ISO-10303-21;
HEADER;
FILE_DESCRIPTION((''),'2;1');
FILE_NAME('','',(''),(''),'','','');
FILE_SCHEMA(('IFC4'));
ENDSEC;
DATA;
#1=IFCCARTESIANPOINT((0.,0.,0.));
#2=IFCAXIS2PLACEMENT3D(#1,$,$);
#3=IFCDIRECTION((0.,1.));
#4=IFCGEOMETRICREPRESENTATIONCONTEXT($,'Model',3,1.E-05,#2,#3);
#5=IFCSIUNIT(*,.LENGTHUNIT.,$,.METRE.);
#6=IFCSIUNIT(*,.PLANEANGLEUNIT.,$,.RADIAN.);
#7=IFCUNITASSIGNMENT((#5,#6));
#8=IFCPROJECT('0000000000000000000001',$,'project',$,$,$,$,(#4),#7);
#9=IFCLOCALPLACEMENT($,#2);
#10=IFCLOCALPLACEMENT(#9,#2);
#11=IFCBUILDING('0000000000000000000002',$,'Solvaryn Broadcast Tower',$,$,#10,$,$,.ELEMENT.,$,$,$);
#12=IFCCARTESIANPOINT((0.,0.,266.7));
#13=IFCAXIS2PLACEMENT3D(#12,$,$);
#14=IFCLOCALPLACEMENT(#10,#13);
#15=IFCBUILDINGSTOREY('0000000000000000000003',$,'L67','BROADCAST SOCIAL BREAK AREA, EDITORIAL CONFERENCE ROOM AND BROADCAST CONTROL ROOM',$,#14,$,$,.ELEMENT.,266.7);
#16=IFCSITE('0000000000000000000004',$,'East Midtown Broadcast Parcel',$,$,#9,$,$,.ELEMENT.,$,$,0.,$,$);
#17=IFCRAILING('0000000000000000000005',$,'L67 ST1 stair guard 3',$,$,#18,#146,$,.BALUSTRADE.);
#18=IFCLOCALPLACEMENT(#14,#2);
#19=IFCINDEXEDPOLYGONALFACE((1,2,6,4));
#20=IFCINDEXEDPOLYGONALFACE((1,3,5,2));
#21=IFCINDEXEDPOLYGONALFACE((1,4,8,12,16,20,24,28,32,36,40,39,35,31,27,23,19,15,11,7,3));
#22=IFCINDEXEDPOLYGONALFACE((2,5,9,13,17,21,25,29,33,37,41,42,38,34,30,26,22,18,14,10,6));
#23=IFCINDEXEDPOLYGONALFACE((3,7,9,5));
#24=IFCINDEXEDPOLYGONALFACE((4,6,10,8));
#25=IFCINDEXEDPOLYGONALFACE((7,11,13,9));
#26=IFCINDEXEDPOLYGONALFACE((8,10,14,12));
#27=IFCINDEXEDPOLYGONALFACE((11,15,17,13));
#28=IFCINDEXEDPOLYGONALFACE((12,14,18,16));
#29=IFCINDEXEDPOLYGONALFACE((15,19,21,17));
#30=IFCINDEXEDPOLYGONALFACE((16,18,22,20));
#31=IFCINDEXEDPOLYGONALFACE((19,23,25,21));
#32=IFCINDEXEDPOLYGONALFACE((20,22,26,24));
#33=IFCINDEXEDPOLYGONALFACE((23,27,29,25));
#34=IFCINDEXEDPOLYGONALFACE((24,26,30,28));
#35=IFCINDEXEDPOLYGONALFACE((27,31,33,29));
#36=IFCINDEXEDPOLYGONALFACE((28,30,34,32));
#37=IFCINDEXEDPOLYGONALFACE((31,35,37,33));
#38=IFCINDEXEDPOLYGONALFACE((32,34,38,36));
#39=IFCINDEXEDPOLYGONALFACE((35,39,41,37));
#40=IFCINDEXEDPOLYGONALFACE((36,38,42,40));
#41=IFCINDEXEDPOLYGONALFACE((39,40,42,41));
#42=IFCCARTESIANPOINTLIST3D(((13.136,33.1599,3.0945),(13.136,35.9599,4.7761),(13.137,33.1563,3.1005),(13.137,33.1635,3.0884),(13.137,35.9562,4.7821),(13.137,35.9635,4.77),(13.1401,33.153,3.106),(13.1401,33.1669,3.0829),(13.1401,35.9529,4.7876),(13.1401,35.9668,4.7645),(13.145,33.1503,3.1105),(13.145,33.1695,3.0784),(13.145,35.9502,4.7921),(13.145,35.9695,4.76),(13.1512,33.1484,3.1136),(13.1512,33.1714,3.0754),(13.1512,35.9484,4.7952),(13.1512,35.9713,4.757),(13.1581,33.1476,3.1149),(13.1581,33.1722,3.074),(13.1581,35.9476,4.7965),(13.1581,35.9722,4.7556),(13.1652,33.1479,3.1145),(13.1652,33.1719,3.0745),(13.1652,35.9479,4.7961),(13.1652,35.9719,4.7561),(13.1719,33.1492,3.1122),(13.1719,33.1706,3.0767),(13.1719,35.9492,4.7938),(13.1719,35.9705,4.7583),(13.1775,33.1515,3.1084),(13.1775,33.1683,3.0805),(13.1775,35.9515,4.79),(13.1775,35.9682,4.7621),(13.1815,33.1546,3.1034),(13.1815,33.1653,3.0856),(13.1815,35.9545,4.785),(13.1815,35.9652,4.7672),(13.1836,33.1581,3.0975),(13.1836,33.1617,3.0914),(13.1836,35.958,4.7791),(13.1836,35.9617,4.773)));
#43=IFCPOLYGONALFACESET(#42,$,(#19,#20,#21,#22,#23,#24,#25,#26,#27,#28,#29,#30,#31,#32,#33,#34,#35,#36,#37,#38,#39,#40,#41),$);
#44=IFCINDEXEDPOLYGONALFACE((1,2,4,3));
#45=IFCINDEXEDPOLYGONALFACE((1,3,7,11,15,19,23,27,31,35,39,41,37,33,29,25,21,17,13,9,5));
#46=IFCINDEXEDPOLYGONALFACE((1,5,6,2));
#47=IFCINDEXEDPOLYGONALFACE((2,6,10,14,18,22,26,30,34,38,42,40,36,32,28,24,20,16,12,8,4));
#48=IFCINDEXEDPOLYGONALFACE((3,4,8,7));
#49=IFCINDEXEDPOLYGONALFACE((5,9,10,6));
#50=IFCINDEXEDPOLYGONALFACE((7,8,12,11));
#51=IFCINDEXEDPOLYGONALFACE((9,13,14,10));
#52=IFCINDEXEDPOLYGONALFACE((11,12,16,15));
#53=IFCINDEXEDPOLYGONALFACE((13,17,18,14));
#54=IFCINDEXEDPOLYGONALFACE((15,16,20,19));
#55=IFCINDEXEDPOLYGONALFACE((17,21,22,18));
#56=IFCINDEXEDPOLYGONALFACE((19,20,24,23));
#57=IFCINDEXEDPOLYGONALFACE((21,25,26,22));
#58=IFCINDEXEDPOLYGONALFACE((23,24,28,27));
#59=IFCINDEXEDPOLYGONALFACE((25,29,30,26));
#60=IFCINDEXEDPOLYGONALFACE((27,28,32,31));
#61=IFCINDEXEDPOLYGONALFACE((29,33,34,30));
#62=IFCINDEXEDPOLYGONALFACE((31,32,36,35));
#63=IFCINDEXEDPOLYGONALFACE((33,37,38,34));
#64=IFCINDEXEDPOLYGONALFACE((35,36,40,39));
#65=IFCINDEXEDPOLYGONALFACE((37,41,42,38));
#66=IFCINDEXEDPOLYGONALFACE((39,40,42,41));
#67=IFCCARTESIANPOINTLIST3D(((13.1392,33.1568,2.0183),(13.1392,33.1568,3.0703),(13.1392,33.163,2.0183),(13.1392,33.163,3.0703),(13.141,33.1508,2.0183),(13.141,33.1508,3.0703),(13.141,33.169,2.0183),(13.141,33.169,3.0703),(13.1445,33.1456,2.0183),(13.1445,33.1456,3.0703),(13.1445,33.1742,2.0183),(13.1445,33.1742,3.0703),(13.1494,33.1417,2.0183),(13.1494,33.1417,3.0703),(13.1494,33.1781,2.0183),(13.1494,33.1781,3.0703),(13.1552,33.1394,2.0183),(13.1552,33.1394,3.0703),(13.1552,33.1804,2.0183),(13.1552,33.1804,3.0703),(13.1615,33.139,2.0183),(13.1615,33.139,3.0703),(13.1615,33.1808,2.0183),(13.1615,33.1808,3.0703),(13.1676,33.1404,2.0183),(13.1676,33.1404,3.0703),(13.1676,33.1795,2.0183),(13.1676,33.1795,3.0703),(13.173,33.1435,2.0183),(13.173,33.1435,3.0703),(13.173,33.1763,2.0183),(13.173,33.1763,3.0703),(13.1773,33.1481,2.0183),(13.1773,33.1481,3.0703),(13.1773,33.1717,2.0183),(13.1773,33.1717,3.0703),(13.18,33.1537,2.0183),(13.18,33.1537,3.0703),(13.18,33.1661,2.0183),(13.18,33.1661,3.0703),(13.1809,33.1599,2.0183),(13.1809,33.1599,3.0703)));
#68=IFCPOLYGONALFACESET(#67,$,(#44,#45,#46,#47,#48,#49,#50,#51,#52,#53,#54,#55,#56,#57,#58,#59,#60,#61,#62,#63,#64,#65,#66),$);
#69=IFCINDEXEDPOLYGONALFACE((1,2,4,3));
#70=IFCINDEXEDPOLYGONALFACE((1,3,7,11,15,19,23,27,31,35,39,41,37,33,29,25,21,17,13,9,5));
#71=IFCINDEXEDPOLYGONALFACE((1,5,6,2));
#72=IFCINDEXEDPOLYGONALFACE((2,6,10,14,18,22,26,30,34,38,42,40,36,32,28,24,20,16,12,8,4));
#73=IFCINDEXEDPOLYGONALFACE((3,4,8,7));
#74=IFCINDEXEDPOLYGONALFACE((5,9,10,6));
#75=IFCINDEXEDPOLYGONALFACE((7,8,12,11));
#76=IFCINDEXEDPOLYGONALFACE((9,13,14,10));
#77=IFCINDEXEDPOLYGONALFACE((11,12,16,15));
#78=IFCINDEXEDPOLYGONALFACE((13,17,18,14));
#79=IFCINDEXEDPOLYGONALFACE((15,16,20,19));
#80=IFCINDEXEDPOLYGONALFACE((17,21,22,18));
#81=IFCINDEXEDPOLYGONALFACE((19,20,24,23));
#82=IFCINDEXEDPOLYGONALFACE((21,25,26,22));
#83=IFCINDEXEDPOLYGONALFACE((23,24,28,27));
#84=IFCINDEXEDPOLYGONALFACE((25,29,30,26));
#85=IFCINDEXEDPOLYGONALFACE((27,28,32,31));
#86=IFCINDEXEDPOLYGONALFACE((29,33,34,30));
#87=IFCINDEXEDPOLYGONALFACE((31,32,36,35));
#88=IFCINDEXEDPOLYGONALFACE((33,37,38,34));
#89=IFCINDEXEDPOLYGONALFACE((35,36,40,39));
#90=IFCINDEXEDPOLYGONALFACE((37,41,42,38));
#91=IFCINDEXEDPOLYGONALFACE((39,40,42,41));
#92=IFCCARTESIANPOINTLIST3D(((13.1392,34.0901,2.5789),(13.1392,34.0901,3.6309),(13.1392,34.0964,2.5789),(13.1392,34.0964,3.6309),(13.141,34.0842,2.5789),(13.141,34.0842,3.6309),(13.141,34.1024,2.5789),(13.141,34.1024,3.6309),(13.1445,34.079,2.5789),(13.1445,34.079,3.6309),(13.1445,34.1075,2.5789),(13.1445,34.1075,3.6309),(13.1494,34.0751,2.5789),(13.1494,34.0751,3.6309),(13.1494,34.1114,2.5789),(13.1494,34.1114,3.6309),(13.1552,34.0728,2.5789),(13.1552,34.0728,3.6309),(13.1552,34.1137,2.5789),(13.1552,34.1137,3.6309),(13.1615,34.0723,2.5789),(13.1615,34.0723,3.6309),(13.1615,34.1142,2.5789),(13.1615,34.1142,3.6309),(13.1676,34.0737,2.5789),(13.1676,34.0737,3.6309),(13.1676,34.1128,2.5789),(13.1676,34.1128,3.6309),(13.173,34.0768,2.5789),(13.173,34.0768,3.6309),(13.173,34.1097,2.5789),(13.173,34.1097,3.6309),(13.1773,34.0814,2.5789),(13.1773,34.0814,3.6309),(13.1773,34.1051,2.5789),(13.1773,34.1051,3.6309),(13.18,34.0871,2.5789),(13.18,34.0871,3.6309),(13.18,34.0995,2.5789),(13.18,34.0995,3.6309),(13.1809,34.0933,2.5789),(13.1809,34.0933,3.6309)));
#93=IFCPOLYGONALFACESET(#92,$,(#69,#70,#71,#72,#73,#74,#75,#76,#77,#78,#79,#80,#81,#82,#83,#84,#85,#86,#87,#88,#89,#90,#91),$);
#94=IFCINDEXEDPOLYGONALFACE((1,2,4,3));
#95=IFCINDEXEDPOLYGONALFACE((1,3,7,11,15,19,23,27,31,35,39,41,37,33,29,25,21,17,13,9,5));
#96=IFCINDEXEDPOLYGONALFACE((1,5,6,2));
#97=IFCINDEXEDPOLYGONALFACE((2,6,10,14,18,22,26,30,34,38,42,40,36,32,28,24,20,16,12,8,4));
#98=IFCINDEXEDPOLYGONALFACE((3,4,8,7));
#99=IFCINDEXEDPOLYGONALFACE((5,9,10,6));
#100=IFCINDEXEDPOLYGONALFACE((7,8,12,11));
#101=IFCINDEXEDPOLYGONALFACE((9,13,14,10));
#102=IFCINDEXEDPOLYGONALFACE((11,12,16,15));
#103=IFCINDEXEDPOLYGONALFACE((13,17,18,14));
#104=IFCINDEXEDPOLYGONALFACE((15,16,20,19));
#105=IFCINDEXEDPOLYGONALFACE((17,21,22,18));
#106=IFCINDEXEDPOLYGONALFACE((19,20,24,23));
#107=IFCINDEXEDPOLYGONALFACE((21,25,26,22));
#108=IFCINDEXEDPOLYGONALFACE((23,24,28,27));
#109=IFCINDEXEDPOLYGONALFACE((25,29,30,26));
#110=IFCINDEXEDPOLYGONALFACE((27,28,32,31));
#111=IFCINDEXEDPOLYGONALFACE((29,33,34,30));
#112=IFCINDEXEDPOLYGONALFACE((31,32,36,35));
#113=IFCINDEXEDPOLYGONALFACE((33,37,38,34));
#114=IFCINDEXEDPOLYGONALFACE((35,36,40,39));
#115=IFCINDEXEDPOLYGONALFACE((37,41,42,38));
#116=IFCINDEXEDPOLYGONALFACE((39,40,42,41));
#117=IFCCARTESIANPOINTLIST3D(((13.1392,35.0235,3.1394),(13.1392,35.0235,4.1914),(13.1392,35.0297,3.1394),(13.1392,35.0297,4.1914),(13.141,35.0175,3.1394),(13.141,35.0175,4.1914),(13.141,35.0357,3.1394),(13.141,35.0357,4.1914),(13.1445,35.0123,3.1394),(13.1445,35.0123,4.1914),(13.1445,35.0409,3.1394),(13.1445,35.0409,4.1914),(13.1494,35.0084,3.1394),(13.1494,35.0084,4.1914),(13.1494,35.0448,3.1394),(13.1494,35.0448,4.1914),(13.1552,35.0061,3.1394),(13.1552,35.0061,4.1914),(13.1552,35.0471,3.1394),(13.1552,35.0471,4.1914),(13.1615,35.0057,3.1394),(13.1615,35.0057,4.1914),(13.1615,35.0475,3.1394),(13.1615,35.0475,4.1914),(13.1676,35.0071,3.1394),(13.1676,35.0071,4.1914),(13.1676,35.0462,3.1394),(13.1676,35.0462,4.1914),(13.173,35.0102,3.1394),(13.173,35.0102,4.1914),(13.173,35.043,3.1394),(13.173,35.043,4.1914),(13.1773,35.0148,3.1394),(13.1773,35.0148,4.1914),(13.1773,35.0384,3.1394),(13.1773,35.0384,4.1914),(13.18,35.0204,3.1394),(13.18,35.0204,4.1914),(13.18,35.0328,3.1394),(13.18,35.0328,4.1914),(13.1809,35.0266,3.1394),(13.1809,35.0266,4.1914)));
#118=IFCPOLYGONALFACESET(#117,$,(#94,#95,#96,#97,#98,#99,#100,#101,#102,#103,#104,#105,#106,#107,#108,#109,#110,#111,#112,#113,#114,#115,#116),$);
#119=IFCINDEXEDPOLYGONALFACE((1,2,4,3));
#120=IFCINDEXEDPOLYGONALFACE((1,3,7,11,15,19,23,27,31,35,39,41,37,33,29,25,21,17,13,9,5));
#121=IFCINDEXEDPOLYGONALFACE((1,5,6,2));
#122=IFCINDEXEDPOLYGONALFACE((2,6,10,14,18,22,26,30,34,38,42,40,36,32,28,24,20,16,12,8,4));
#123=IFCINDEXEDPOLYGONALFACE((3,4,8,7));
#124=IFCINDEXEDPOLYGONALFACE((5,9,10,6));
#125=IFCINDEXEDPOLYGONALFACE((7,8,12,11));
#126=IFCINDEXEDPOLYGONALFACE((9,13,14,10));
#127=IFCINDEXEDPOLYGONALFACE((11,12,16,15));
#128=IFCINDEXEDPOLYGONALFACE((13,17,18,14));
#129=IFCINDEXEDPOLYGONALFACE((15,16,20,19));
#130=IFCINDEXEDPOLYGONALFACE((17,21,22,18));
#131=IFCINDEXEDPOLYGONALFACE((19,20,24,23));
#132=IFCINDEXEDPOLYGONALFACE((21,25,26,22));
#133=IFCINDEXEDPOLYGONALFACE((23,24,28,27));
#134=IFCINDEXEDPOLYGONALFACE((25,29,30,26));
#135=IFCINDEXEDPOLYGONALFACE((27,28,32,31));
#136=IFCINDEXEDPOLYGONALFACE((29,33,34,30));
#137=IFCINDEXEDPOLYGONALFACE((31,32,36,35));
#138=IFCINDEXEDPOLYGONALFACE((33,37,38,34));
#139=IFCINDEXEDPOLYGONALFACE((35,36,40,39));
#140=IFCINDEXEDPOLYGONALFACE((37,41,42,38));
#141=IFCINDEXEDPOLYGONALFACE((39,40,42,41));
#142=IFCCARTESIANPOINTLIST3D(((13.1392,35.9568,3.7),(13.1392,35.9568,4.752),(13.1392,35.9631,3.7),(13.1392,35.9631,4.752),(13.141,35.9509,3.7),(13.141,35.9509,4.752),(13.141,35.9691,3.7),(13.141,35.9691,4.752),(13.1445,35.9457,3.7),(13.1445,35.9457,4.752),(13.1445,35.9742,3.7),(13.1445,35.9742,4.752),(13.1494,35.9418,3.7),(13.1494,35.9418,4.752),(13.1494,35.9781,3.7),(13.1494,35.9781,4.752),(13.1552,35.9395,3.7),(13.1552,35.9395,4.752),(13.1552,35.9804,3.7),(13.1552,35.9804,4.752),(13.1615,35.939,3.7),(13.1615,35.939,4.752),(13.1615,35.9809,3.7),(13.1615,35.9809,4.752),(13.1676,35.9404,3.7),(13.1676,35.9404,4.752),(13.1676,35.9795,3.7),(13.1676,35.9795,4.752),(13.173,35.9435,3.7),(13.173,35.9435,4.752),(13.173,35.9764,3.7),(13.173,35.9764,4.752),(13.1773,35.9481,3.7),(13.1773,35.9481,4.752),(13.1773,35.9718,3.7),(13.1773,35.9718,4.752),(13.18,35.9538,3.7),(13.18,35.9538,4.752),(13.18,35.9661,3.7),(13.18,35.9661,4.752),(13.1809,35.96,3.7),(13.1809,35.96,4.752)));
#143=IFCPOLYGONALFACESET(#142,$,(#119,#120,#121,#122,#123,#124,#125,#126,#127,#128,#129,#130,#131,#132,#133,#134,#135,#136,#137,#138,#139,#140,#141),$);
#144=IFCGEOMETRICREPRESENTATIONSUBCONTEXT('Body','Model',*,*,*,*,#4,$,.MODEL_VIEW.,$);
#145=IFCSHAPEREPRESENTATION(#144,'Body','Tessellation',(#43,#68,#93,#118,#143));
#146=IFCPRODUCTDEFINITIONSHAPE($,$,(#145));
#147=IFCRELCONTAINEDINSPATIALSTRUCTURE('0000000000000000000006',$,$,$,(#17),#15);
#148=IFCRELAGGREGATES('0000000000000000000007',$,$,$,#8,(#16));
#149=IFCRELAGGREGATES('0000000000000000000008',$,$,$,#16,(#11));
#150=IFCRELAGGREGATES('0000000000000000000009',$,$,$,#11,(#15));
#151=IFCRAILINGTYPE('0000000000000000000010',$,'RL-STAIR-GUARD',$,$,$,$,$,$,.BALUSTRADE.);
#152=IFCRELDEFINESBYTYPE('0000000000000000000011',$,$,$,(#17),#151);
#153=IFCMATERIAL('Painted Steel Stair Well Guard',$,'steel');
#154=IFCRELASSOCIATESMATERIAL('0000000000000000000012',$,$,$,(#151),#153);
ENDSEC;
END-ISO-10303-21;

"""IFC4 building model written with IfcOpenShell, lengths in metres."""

from ifc_helpers import new_model, si_unit, direction, frame, origin, origin_2d, place, context, subcontext, project, spatial, circle, extrude, material, type_object, element, save


model = new_model("IFC4")

# Units and contexts
model_context = context("Model", 3, precision=1e-05, world=origin(), true_north=direction((0.0, 1.0)))
body_context = subcontext(model_context, "Body", "Model", "MODEL_VIEW")
ifc_project = project(units=[si_unit("LENGTHUNIT", "METRE"), si_unit("PLANEANGLEUNIT", "RADIAN")], contexts=[model_context])

# Site, building, storey
site_placement = place(None, origin())
site = spatial("IfcSite", under=ifc_project, at=site_placement, Name="East Midtown Broadcast Parcel", CompositionType="ELEMENT", RefElevation=0.0)
building_placement = place(site_placement, origin())
building = spatial("IfcBuilding", under=site, at=building_placement, Name="Solvaryn Broadcast Tower", CompositionType="ELEMENT")
storey_placement = place(building_placement, frame((0.0, 0.0, 266.7)))
storey = spatial("IfcBuildingStorey", under=building, at=storey_placement, Name="L67", Description="BROADCAST SOCIAL BREAK AREA, EDITORIAL CONFERENCE ROOM AND BROADCAST CONTROL ROOM", CompositionType="ELEMENT", Elevation=266.7)

# Railing
ifc_material_1 = material(Name="Painted Steel Stair Well Guard", Category="steel")
railing_type_1 = type_object("IfcRailingType", Name="RL-STAIR-GUARD", PredefinedType="BALUSTRADE", material=ifc_material_1)
railing_1_placement = place(storey_placement, frame((13.1599, 33.1599, 2.0183)))
element("IfcRailing", 1, at=railing_1_placement, inside=storey, type_object=railing_type_1, Name="L67 ST1 stair guard 3", PredefinedType="BALUSTRADE", context=body_context, shape_type="SweptSolid", body=[
    extrude(circle(Radius=0.0239, at=origin_2d()), frame((0.0, 0.0, 1.0762), z_axis=(0.0, 0.857275, 0.514858), x_axis=(-1.0, 0.0, 0.0)), (0.0, 0.0, 1.0), 3.2661),
    extrude(circle(Radius=0.021, at=origin_2d()), origin(), (0.0, 0.0, 1.0), 1.052),
    extrude(circle(Radius=0.021, at=origin_2d()), frame((0.0, 0.9333, 0.5605)), (0.0, 0.0, 1.0), 1.052),
    extrude(circle(Radius=0.021, at=origin_2d()), frame((0.0, 1.8667, 1.1211)), (0.0, 0.0, 1.0), 1.052),
    extrude(circle(Radius=0.021, at=origin_2d()), frame((0.0, 2.8, 1.6816)), (0.0, 0.0, 1.0), 1.052),
])

save(model, "model.ifc")
